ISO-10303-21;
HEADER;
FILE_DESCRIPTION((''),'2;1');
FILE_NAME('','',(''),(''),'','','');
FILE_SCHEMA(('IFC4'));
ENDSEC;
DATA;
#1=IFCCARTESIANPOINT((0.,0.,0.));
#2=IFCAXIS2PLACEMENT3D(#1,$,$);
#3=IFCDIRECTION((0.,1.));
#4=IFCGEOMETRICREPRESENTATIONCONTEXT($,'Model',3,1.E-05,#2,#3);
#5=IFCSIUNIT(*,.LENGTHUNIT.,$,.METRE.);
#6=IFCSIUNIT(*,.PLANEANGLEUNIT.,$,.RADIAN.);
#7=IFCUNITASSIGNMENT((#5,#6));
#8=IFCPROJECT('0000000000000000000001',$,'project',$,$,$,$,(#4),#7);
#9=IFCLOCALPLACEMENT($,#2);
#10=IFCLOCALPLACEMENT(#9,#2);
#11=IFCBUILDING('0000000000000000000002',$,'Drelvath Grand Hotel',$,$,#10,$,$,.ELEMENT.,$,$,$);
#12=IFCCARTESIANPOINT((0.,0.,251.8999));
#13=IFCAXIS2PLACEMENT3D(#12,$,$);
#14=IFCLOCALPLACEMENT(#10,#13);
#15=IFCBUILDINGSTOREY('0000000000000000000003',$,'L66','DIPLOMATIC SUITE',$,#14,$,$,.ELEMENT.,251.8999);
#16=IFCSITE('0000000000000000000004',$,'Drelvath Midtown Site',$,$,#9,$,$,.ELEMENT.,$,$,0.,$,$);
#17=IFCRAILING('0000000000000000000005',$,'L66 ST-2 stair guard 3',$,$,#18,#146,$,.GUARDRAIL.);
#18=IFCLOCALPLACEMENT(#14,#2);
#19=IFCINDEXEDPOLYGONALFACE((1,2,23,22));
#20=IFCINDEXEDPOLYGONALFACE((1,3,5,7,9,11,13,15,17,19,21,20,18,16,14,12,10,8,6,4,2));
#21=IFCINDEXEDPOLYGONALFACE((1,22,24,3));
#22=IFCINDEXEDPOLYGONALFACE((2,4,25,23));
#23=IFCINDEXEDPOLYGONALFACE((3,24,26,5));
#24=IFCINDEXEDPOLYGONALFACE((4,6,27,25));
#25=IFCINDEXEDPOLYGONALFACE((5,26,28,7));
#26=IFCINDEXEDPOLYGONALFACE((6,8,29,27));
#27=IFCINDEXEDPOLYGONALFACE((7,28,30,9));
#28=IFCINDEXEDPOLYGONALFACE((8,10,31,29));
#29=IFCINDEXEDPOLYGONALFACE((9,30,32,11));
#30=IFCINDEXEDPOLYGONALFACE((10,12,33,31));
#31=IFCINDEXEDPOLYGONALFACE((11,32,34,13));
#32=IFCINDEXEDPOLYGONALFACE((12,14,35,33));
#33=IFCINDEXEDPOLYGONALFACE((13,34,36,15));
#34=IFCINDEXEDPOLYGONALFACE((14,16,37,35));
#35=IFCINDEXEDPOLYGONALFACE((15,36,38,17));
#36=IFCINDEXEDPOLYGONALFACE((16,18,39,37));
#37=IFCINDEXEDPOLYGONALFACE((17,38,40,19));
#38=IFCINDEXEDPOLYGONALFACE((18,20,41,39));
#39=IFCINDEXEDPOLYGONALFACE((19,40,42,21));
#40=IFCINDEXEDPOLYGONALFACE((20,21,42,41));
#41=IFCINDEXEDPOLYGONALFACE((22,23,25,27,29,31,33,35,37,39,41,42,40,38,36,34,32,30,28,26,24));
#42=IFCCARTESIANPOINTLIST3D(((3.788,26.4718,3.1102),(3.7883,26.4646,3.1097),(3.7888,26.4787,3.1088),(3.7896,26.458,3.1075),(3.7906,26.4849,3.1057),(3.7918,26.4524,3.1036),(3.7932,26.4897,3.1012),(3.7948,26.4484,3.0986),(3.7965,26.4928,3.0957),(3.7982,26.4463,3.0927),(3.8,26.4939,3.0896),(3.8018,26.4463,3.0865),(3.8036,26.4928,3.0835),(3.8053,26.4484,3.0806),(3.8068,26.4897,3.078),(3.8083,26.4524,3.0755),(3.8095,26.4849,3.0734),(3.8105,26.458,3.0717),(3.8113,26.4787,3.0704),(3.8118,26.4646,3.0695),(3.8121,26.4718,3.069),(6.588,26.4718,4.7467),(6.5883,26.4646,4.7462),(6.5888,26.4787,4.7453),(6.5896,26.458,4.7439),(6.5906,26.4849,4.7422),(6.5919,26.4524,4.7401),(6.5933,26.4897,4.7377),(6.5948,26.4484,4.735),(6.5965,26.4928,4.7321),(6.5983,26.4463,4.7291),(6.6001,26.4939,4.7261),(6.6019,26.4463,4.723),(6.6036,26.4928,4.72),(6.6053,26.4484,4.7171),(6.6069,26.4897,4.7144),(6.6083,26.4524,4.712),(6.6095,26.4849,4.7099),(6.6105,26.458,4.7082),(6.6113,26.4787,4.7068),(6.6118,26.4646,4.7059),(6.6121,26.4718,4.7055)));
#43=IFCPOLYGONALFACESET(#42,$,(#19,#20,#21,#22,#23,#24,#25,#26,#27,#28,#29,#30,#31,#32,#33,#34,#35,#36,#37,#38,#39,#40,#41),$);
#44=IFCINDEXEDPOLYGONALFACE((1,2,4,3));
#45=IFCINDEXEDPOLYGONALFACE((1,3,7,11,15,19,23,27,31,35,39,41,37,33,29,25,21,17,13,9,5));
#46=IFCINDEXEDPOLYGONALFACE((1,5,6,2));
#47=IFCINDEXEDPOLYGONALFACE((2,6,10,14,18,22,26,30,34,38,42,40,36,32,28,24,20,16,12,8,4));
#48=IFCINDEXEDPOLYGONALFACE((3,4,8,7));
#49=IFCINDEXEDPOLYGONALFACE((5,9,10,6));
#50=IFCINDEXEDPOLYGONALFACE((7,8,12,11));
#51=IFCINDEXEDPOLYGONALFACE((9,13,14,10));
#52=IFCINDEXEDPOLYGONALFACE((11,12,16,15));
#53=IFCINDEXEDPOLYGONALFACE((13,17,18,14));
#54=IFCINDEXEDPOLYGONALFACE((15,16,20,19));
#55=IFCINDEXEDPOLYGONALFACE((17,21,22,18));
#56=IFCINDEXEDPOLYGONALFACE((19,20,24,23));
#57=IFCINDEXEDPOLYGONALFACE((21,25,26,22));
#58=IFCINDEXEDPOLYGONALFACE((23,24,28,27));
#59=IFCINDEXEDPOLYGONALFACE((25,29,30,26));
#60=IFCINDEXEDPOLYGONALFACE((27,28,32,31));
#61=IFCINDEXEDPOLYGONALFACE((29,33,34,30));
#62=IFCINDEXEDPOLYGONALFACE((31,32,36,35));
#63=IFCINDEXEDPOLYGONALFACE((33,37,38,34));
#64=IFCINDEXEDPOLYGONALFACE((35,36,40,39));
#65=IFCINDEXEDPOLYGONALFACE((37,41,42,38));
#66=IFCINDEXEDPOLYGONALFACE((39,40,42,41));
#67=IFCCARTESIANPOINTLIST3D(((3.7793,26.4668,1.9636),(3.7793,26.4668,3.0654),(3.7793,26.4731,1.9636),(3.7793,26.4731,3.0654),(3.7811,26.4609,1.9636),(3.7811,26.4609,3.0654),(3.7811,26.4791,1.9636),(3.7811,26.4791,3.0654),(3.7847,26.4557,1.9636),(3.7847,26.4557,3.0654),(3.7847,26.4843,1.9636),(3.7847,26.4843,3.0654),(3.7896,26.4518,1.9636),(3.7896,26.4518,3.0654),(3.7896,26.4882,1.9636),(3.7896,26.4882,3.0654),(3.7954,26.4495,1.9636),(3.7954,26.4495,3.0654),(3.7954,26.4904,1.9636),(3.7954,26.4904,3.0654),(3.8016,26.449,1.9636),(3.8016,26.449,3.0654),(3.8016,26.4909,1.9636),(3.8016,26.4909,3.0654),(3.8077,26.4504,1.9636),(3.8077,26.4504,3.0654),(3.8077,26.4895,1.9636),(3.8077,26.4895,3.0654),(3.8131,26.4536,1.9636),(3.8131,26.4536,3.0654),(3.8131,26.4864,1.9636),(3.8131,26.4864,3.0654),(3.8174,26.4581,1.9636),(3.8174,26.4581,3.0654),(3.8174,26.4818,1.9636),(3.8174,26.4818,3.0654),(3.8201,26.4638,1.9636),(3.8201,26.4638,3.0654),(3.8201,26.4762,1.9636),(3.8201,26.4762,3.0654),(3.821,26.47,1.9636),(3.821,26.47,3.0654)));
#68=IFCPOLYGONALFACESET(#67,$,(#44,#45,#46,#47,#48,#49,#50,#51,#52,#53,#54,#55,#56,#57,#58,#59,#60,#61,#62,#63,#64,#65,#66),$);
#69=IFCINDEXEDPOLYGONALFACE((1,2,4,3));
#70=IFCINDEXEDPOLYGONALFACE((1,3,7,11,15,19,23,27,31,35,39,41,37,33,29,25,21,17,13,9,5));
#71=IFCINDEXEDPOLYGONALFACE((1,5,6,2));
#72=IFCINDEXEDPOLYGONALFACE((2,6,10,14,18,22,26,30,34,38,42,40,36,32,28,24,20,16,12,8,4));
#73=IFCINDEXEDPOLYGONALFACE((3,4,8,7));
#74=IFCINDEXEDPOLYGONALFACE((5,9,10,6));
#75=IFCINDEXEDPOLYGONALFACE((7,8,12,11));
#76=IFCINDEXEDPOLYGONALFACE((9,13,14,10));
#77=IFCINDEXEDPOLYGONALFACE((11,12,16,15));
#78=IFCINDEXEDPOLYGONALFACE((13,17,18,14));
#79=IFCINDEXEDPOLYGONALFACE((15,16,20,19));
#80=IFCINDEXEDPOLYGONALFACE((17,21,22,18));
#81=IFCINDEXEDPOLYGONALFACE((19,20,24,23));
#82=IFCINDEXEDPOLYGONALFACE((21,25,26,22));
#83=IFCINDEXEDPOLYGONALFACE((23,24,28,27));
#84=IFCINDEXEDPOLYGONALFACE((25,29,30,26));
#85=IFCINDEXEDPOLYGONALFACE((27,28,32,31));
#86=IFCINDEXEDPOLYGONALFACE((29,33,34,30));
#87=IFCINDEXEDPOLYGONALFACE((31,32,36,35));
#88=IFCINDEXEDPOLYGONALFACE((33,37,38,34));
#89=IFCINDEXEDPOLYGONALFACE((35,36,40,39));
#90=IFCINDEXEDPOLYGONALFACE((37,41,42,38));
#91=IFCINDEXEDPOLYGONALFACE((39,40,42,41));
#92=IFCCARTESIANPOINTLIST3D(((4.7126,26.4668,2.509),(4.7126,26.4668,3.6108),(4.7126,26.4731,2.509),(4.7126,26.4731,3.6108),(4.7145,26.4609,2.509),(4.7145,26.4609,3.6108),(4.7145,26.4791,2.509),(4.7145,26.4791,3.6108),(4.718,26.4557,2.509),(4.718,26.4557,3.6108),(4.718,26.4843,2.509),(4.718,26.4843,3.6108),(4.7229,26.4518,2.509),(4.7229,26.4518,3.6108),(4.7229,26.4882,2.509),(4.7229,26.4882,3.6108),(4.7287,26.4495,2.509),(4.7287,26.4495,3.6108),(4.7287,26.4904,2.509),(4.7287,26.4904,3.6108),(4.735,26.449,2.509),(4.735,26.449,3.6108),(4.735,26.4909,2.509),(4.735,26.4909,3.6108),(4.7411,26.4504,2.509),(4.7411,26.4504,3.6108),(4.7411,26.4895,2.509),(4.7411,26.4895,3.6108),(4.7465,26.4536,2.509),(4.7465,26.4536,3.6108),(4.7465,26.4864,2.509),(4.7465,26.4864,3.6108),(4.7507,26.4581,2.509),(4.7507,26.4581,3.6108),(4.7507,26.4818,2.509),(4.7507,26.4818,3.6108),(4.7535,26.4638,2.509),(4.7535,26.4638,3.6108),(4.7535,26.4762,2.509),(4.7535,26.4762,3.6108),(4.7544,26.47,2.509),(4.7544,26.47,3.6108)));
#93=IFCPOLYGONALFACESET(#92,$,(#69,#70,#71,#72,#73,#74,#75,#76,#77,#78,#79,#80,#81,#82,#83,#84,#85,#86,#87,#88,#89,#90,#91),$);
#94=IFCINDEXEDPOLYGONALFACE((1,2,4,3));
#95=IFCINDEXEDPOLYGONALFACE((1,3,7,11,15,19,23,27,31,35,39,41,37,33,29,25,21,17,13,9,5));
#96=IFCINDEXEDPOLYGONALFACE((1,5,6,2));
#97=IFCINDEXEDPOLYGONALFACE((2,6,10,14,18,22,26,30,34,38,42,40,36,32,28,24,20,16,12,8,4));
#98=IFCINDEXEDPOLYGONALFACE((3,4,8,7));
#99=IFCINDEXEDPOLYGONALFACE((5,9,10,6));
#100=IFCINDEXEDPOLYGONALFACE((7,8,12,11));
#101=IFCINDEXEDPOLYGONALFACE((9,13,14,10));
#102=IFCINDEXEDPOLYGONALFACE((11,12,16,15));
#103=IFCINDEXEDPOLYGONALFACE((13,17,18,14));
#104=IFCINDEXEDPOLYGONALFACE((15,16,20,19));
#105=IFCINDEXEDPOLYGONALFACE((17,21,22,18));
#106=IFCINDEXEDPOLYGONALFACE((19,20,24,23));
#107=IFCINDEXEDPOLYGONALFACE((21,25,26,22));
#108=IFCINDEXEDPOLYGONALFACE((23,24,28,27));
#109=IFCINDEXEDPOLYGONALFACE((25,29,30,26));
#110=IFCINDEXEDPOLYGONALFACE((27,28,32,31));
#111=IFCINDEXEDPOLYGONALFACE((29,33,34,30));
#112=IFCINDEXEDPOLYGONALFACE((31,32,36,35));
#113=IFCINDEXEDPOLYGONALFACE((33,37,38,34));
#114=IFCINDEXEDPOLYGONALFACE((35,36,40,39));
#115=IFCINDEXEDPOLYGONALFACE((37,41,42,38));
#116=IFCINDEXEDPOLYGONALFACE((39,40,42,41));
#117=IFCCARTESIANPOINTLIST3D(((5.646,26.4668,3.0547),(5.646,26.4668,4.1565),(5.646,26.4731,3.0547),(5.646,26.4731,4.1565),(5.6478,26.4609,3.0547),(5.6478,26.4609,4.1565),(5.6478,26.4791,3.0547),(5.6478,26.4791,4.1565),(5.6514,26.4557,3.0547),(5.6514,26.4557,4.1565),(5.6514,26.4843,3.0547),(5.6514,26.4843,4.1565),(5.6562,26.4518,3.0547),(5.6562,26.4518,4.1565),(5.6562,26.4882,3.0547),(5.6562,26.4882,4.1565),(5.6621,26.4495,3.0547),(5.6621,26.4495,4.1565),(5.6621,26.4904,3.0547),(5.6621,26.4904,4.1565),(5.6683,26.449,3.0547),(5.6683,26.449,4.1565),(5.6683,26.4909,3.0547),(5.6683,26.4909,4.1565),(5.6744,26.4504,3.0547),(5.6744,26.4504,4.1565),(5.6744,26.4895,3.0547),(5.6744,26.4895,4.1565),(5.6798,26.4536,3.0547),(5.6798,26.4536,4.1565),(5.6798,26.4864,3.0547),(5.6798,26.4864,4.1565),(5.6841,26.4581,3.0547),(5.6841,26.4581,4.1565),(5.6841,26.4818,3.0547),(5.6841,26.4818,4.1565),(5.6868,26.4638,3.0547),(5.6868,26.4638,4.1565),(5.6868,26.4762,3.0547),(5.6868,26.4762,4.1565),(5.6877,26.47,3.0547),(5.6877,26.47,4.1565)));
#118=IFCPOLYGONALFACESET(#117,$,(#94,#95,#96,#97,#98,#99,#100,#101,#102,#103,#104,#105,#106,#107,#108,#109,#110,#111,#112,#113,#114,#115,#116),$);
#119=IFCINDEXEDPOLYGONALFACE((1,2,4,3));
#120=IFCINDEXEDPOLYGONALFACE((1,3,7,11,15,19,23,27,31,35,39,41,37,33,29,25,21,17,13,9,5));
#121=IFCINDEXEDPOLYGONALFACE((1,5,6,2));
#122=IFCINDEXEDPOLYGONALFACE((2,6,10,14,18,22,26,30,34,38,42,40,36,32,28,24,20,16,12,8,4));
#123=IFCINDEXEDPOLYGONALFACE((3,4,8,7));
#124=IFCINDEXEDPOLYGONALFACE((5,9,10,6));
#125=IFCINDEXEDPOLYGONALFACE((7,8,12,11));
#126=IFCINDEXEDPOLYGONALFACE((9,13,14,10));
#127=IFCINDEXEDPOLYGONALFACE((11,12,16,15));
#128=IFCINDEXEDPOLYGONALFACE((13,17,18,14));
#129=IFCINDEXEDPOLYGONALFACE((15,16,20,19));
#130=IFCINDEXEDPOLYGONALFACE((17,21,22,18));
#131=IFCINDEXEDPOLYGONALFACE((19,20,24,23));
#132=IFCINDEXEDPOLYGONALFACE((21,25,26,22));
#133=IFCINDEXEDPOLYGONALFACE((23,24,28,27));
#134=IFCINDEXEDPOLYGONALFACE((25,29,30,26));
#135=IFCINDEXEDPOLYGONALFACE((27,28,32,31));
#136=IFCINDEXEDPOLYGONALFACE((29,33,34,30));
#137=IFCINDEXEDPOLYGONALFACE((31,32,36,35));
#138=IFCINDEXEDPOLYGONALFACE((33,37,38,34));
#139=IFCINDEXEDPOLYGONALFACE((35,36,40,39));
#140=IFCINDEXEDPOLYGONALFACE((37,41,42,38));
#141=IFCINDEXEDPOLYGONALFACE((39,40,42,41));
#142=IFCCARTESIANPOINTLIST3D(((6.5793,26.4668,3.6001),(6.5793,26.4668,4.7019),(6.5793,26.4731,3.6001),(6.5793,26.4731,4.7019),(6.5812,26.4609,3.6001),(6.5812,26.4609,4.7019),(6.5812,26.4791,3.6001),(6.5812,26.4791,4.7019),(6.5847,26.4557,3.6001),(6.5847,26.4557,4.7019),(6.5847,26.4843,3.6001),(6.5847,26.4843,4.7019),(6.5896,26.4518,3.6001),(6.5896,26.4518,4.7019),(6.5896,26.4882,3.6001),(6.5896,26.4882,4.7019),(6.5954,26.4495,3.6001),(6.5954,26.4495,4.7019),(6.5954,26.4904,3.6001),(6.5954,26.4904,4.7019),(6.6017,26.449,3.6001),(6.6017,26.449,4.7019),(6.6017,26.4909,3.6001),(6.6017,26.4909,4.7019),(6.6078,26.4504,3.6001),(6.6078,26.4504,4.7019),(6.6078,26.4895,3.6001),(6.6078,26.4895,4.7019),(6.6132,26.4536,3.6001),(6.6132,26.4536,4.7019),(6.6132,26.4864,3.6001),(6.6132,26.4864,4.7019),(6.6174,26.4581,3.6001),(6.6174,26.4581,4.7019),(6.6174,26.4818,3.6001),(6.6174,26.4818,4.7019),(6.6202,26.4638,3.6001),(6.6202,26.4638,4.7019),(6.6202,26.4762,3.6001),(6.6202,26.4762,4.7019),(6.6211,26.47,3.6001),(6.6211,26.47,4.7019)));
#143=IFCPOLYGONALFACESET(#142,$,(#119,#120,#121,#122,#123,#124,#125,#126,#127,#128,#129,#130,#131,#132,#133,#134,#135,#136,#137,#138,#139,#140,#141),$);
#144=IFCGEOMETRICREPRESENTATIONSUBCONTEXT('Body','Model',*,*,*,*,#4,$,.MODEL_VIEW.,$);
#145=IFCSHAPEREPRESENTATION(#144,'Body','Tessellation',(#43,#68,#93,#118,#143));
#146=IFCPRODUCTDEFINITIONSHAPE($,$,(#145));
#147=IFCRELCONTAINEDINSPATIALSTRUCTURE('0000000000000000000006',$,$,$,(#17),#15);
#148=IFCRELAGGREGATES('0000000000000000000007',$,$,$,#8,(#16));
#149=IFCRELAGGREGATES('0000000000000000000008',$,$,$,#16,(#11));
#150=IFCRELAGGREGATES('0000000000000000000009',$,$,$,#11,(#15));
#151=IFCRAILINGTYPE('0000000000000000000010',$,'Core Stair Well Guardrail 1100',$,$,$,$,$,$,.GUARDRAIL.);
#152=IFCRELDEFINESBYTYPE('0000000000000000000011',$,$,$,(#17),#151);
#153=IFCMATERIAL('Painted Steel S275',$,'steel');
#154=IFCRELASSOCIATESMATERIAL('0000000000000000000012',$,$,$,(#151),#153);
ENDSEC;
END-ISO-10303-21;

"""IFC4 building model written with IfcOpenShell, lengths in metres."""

from ifc_helpers import new_model, si_unit, direction, frame, origin, origin_2d, place, context, subcontext, project, spatial, circle, extrude, material, type_object, element, save


model = new_model("IFC4")

# Units and contexts
model_context = context("Model", 3, precision=1e-05, world=origin(), true_north=direction((0.0, 1.0)))
body_context = subcontext(model_context, "Body", "Model", "MODEL_VIEW")
ifc_project = project(units=[si_unit("LENGTHUNIT", "METRE"), si_unit("PLANEANGLEUNIT", "RADIAN")], contexts=[model_context])

# Site, building, storey
site_placement = place(None, origin())
site = spatial("IfcSite", under=ifc_project, at=site_placement, Name="Drelvath Midtown Site", CompositionType="ELEMENT", RefElevation=0.0)
building_placement = place(site_placement, origin())
building = spatial("IfcBuilding", under=site, at=building_placement, Name="Drelvath Grand Hotel", CompositionType="ELEMENT")
storey_placement = place(building_placement, frame((0.0, 0.0, 251.8999)))
storey = spatial("IfcBuildingStorey", under=building, at=storey_placement, Name="L66", Description="DIPLOMATIC SUITE", CompositionType="ELEMENT", Elevation=251.8999)

# Shared definitions
ifc_material_1 = material(Name="Painted Steel S275", Category="steel")

# Railing
railing_type_1 = type_object("IfcRailingType", Name="Core Stair Well Guardrail 1100", PredefinedType="GUARDRAIL", material=ifc_material_1)
railing_1_placement = place(storey_placement, frame((3.8, 26.47, 1.9636)))
element("IfcRailing", 1, at=railing_1_placement, inside=storey, type_object=railing_type_1, Name="L66 ST-2 stair guard 3", PredefinedType="GUARDRAIL", context=body_context, shape_type="SweptSolid", body=[
    extrude(circle(Radius=0.0239, at=origin_2d()), frame((0.0, 0.0, 1.126), z_axis=(0.863361, 0.0, 0.504587), x_axis=(0.0, 1.0, 0.0)), (0.0, 0.0, 1.0), 3.2432),
    extrude(circle(Radius=0.021, at=origin_2d()), origin(), (0.0, 0.0, 1.0), 1.1018),
    extrude(circle(Radius=0.021, at=origin_2d()), frame((0.9333, 0.0, 0.5454)), (0.0, 0.0, 1.0), 1.1018),
    extrude(circle(Radius=0.021, at=origin_2d()), frame((1.8667, 0.0, 1.0911)), (0.0, 0.0, 1.0), 1.1018),
    extrude(circle(Radius=0.021, at=origin_2d()), frame((2.8, 0.0, 1.6365)), (0.0, 0.0, 1.0), 1.1018),
])

save(model, "model.ifc")
